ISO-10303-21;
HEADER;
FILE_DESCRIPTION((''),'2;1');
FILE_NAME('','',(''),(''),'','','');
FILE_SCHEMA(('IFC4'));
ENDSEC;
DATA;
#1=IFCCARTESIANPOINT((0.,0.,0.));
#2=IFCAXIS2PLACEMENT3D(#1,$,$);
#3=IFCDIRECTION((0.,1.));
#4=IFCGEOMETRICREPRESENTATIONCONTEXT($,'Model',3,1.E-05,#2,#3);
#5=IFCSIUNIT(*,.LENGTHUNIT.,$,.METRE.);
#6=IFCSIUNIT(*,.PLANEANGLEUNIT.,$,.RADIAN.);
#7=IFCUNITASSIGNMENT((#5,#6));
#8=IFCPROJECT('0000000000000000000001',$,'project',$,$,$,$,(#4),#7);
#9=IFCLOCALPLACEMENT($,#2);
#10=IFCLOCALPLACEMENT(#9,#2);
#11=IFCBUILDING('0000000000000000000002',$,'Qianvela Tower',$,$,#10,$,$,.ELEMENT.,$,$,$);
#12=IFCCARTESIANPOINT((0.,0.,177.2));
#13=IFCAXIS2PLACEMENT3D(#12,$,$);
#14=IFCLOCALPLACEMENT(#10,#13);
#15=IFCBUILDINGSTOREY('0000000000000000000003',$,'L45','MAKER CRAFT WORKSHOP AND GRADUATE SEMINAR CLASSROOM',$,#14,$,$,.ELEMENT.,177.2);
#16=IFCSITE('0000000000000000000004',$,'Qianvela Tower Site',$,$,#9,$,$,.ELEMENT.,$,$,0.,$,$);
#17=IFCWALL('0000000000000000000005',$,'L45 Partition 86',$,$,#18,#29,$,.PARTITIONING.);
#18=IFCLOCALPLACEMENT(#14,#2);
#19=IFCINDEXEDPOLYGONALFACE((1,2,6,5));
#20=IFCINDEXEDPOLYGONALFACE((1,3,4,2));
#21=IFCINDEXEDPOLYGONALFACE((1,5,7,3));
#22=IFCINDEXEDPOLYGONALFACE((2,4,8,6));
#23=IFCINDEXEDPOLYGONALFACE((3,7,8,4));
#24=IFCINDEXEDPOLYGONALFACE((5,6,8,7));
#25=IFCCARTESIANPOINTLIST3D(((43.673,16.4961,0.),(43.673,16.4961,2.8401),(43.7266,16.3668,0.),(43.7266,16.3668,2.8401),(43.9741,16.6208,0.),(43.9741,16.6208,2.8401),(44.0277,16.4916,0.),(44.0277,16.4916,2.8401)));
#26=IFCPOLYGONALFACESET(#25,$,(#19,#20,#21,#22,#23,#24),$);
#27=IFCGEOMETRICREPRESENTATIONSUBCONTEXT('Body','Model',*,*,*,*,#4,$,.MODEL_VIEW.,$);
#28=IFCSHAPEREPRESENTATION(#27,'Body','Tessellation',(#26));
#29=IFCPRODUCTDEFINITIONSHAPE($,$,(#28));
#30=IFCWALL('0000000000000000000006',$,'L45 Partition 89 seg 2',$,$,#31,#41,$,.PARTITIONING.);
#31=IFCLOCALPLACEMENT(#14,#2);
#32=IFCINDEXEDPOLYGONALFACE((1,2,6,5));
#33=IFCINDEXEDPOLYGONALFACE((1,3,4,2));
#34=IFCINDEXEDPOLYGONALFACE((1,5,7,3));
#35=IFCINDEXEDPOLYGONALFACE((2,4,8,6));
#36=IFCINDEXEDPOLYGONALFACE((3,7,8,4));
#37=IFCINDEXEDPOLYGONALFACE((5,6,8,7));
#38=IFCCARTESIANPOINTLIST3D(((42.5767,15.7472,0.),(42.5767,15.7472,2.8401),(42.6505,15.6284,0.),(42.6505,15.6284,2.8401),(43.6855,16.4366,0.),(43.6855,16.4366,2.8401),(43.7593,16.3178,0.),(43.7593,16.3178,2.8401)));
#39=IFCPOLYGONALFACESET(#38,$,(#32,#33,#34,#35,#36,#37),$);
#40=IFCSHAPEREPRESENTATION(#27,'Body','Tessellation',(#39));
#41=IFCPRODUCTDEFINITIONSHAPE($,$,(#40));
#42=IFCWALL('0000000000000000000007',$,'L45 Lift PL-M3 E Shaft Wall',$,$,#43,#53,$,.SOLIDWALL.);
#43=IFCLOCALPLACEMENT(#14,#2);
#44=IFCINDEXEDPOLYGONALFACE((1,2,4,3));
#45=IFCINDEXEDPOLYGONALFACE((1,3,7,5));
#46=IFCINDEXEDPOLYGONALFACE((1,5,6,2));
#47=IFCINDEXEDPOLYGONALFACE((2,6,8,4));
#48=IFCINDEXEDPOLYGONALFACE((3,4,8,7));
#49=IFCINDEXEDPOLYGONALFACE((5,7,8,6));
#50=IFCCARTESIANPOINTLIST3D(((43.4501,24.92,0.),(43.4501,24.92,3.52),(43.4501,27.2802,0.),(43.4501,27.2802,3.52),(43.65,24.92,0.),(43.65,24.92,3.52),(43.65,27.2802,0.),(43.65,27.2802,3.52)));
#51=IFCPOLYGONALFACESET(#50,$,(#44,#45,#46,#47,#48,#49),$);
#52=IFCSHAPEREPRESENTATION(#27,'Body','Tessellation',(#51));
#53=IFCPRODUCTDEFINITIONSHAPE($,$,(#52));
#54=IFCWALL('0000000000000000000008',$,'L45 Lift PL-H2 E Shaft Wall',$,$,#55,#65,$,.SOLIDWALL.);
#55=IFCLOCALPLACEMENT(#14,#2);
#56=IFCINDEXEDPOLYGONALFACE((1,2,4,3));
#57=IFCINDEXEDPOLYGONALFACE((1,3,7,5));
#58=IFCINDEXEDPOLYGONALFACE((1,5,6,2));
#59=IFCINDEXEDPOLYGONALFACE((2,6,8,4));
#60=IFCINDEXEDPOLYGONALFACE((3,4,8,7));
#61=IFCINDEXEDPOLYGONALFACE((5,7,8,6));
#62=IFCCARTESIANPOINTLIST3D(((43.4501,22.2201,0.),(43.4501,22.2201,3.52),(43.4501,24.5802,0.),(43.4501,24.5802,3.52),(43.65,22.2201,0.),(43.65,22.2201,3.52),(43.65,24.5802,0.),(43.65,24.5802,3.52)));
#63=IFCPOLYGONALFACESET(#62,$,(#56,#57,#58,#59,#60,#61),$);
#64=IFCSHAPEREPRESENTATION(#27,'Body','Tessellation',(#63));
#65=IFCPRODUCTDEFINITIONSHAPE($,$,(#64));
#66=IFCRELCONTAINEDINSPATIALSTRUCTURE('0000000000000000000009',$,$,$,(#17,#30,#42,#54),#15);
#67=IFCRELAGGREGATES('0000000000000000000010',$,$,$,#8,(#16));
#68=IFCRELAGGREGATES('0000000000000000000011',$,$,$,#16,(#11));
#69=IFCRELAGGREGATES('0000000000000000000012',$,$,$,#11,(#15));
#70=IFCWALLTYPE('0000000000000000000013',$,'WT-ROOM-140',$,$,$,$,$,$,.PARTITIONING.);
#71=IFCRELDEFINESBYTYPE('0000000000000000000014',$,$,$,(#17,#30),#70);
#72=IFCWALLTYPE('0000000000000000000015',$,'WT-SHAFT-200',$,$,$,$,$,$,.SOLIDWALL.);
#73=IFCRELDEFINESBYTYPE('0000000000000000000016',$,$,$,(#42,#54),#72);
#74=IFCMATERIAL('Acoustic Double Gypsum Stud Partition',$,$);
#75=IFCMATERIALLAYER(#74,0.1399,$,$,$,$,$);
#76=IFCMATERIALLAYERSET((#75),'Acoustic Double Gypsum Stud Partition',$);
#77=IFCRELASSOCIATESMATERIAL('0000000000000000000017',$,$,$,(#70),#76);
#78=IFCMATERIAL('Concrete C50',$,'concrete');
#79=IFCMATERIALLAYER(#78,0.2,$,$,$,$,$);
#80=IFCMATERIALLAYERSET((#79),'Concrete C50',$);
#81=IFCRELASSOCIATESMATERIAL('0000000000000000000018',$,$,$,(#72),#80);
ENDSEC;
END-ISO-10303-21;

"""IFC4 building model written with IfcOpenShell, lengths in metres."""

from ifc_helpers import new_model, si_unit, direction, frame, frame_2d, origin, place, context, subcontext, project, spatial, rectangle, extrude, material, layer, layer_set, type_object, element, save


model = new_model("IFC4")

# Units and contexts
model_context = context("Model", 3, precision=1e-05, world=origin(), true_north=direction((0.0, 1.0)))
body_context = subcontext(model_context, "Body", "Model", "MODEL_VIEW")
ifc_project = project(units=[si_unit("LENGTHUNIT", "METRE"), si_unit("PLANEANGLEUNIT", "RADIAN")], contexts=[model_context])

# Site, building, storey
site_placement = place(None, origin())
site = spatial("IfcSite", under=ifc_project, at=site_placement, Name="Qianvela Tower Site", CompositionType="ELEMENT", RefElevation=0.0)
building_placement = place(site_placement, origin())
building = spatial("IfcBuilding", under=site, at=building_placement, Name="Qianvela Tower", CompositionType="ELEMENT")
storey_placement = place(building_placement, frame((0.0, 0.0, 177.2)))
storey = spatial("IfcBuildingStorey", under=building, at=storey_placement, Name="L45", Description="MAKER CRAFT WORKSHOP AND GRADUATE SEMINAR CLASSROOM", CompositionType="ELEMENT", Elevation=177.2)

# Walls
ifc_material_1 = material(Name="Acoustic Double Gypsum Stud Partition")
ifc_layer_1 = layer(ifc_material_1, 0.1399)
ifc_layer_set_1 = layer_set([ifc_layer_1], Name="Acoustic Double Gypsum Stud Partition")
wall_type_1 = type_object("IfcWallType", Name="WT-ROOM-140", PredefinedType="PARTITIONING", material=ifc_layer_set_1)
wall_1_placement = place(storey_placement, frame((43.6997, 16.4314, 0.0), z_axis=(0.0, 0.0, 1.0), x_axis=(0.923807, 0.382859, 0.0)))
element("IfcWall", 1, at=wall_1_placement, inside=storey, type_object=wall_type_1, Name="L45 Partition 86", PredefinedType="PARTITIONING", context=body_context, shape_type="SweptSolid", body=[
    extrude(rectangle(XDim=0.3259, YDim=0.1399, at=frame_2d((0.1631, 0.0))), origin(), (0.0, 0.0, 1.0), 2.8401),
])
wall_2_placement = place(storey_placement, frame((43.7224, 16.3772, 0.0), z_axis=(0.0, 0.0, 1.0), x_axis=(-0.849235, -0.528014, 0.0)))
element("IfcWall", 2, at=wall_2_placement, inside=storey, type_object=wall_type_1, Name="L45 Partition 89 seg 2", PredefinedType="PARTITIONING", context=body_context, shape_type="SweptSolid", body=[
    extrude(rectangle(XDim=1.3057, YDim=0.1399, at=frame_2d((0.6528, 0.0))), origin(), (0.0, 0.0, 1.0), 2.8401),
])
ifc_material_2 = material(Name="Concrete C50", Category="concrete")
ifc_layer_2 = layer(ifc_material_2, 0.2)
ifc_layer_set_2 = layer_set([ifc_layer_2], Name="Concrete C50")
wall_type_2 = type_object("IfcWallType", Name="WT-SHAFT-200", PredefinedType="SOLIDWALL", material=ifc_layer_set_2)
for number, where, z_axis, x_axis, name in (
    (3, (43.55, 24.9199, 0.0), (0.0, 0.0, 1.0), (0.0, 1.0, 0.0), "L45 Lift PL-M3 E Shaft Wall"),
    (4, (43.55, 22.22, 0.0), (0.0, 0.0, 1.0), (0.0, 1.0, 0.0), "L45 Lift PL-H2 E Shaft Wall"),
):
    element("IfcWall", number, at=place(storey_placement, frame(where, z_axis=z_axis, x_axis=x_axis)), inside=storey, type_object=wall_type_2, Name=name, PredefinedType="SOLIDWALL", context=body_context, shape_type="SweptSolid", body=[
        extrude(rectangle(XDim=2.3601, YDim=0.2, at=frame_2d((1.1802, 0.0))), origin(), (0.0, 0.0, 1.0), 3.52),
    ])

save(model, "model.ifc")
